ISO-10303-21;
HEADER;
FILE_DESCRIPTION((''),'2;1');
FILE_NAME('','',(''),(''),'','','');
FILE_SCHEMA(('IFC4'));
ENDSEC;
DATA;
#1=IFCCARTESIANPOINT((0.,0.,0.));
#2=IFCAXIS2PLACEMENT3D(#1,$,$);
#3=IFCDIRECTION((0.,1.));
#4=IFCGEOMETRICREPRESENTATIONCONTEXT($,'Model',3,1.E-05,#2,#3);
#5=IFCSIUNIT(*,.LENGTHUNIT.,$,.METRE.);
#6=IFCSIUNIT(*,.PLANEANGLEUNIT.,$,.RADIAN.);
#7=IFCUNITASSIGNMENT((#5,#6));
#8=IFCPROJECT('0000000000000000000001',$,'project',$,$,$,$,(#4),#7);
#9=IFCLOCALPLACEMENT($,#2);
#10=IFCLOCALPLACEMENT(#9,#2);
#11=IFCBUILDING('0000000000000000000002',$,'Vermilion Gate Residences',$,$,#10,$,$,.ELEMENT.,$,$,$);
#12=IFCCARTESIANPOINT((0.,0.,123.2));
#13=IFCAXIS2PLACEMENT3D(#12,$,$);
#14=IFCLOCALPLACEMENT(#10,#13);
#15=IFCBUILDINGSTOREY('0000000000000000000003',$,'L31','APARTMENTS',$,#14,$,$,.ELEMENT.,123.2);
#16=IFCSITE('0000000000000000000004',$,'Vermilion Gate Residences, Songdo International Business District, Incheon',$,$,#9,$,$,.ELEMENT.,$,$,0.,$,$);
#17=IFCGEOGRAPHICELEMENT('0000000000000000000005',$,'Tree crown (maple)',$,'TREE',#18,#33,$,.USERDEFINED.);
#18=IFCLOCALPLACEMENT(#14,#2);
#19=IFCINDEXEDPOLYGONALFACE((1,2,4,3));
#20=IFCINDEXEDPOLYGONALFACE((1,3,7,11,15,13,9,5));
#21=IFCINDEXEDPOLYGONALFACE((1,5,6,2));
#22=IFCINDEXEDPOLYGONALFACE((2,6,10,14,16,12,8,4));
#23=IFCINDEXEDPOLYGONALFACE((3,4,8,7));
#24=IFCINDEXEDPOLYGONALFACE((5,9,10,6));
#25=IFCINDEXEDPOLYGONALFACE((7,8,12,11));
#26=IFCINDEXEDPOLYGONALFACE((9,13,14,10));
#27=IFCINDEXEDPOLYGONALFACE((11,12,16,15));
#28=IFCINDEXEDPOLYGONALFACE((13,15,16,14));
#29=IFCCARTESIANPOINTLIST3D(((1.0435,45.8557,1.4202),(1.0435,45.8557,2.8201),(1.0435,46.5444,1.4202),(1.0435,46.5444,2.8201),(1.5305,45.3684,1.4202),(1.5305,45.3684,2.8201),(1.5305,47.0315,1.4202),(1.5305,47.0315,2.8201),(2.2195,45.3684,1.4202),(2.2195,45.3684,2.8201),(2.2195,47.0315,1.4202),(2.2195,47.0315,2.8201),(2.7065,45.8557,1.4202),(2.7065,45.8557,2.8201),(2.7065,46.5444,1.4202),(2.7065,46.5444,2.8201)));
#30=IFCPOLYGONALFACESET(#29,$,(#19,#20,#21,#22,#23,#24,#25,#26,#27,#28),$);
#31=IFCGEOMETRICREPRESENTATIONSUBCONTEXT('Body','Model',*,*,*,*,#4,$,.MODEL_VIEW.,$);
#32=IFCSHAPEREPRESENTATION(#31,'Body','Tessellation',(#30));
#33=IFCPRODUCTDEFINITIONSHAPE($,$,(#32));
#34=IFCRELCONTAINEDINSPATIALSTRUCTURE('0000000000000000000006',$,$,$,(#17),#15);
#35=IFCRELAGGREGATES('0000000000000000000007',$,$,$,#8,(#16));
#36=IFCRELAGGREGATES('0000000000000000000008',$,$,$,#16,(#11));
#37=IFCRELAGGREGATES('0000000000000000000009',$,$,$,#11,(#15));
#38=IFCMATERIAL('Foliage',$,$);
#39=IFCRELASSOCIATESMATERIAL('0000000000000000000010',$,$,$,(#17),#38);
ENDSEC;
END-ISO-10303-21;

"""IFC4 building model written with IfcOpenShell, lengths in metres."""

from ifc_helpers import new_model, si_unit, direction, frame, origin, place, context, subcontext, project, spatial, polyline, outline, extrude, material, element, save


model = new_model("IFC4")

# Units and contexts
model_context = context("Model", 3, precision=1e-05, world=origin(), true_north=direction((0.0, 1.0)))
body_context = subcontext(model_context, "Body", "Model", "MODEL_VIEW")
ifc_project = project(units=[si_unit("LENGTHUNIT", "METRE"), si_unit("PLANEANGLEUNIT", "RADIAN")], contexts=[model_context])

# Site, building, storey
site_placement = place(None, origin())
site = spatial("IfcSite", under=ifc_project, at=site_placement, Name="Vermilion Gate Residences, Songdo International Business District, Incheon", CompositionType="ELEMENT", RefElevation=0.0)
building_placement = place(site_placement, origin())
building = spatial("IfcBuilding", under=site, at=building_placement, Name="Vermilion Gate Residences", CompositionType="ELEMENT")
storey_placement = place(building_placement, frame((0.0, 0.0, 123.2)))
storey = spatial("IfcBuildingStorey", under=building, at=storey_placement, Name="L31", Description="APARTMENTS", CompositionType="ELEMENT", Elevation=123.2)

# Geographic element
ifc_material_1 = material(Name="Foliage")
geographic_element_1_placement = place(storey_placement, frame((0.0, 0.0, 1.4202)))
element("IfcGeographicElement", 1, at=geographic_element_1_placement, inside=storey, material=ifc_material_1, Name="Tree crown (maple)", ObjectType="TREE", PredefinedType="USERDEFINED", context=body_context, shape_type="SweptSolid", body=[
    extrude(outline(polyline([(2.7065, 46.5444), (2.2195, 47.0315), (1.5305, 47.0315), (1.0435, 46.5444), (1.0435, 45.8557), (1.5305, 45.3684), (2.2195, 45.3684), (2.7065, 45.8557), (2.7065, 46.5444)])), origin(), (0.0, 0.0, 1.0), 1.3999),
])

save(model, "model.ifc")
